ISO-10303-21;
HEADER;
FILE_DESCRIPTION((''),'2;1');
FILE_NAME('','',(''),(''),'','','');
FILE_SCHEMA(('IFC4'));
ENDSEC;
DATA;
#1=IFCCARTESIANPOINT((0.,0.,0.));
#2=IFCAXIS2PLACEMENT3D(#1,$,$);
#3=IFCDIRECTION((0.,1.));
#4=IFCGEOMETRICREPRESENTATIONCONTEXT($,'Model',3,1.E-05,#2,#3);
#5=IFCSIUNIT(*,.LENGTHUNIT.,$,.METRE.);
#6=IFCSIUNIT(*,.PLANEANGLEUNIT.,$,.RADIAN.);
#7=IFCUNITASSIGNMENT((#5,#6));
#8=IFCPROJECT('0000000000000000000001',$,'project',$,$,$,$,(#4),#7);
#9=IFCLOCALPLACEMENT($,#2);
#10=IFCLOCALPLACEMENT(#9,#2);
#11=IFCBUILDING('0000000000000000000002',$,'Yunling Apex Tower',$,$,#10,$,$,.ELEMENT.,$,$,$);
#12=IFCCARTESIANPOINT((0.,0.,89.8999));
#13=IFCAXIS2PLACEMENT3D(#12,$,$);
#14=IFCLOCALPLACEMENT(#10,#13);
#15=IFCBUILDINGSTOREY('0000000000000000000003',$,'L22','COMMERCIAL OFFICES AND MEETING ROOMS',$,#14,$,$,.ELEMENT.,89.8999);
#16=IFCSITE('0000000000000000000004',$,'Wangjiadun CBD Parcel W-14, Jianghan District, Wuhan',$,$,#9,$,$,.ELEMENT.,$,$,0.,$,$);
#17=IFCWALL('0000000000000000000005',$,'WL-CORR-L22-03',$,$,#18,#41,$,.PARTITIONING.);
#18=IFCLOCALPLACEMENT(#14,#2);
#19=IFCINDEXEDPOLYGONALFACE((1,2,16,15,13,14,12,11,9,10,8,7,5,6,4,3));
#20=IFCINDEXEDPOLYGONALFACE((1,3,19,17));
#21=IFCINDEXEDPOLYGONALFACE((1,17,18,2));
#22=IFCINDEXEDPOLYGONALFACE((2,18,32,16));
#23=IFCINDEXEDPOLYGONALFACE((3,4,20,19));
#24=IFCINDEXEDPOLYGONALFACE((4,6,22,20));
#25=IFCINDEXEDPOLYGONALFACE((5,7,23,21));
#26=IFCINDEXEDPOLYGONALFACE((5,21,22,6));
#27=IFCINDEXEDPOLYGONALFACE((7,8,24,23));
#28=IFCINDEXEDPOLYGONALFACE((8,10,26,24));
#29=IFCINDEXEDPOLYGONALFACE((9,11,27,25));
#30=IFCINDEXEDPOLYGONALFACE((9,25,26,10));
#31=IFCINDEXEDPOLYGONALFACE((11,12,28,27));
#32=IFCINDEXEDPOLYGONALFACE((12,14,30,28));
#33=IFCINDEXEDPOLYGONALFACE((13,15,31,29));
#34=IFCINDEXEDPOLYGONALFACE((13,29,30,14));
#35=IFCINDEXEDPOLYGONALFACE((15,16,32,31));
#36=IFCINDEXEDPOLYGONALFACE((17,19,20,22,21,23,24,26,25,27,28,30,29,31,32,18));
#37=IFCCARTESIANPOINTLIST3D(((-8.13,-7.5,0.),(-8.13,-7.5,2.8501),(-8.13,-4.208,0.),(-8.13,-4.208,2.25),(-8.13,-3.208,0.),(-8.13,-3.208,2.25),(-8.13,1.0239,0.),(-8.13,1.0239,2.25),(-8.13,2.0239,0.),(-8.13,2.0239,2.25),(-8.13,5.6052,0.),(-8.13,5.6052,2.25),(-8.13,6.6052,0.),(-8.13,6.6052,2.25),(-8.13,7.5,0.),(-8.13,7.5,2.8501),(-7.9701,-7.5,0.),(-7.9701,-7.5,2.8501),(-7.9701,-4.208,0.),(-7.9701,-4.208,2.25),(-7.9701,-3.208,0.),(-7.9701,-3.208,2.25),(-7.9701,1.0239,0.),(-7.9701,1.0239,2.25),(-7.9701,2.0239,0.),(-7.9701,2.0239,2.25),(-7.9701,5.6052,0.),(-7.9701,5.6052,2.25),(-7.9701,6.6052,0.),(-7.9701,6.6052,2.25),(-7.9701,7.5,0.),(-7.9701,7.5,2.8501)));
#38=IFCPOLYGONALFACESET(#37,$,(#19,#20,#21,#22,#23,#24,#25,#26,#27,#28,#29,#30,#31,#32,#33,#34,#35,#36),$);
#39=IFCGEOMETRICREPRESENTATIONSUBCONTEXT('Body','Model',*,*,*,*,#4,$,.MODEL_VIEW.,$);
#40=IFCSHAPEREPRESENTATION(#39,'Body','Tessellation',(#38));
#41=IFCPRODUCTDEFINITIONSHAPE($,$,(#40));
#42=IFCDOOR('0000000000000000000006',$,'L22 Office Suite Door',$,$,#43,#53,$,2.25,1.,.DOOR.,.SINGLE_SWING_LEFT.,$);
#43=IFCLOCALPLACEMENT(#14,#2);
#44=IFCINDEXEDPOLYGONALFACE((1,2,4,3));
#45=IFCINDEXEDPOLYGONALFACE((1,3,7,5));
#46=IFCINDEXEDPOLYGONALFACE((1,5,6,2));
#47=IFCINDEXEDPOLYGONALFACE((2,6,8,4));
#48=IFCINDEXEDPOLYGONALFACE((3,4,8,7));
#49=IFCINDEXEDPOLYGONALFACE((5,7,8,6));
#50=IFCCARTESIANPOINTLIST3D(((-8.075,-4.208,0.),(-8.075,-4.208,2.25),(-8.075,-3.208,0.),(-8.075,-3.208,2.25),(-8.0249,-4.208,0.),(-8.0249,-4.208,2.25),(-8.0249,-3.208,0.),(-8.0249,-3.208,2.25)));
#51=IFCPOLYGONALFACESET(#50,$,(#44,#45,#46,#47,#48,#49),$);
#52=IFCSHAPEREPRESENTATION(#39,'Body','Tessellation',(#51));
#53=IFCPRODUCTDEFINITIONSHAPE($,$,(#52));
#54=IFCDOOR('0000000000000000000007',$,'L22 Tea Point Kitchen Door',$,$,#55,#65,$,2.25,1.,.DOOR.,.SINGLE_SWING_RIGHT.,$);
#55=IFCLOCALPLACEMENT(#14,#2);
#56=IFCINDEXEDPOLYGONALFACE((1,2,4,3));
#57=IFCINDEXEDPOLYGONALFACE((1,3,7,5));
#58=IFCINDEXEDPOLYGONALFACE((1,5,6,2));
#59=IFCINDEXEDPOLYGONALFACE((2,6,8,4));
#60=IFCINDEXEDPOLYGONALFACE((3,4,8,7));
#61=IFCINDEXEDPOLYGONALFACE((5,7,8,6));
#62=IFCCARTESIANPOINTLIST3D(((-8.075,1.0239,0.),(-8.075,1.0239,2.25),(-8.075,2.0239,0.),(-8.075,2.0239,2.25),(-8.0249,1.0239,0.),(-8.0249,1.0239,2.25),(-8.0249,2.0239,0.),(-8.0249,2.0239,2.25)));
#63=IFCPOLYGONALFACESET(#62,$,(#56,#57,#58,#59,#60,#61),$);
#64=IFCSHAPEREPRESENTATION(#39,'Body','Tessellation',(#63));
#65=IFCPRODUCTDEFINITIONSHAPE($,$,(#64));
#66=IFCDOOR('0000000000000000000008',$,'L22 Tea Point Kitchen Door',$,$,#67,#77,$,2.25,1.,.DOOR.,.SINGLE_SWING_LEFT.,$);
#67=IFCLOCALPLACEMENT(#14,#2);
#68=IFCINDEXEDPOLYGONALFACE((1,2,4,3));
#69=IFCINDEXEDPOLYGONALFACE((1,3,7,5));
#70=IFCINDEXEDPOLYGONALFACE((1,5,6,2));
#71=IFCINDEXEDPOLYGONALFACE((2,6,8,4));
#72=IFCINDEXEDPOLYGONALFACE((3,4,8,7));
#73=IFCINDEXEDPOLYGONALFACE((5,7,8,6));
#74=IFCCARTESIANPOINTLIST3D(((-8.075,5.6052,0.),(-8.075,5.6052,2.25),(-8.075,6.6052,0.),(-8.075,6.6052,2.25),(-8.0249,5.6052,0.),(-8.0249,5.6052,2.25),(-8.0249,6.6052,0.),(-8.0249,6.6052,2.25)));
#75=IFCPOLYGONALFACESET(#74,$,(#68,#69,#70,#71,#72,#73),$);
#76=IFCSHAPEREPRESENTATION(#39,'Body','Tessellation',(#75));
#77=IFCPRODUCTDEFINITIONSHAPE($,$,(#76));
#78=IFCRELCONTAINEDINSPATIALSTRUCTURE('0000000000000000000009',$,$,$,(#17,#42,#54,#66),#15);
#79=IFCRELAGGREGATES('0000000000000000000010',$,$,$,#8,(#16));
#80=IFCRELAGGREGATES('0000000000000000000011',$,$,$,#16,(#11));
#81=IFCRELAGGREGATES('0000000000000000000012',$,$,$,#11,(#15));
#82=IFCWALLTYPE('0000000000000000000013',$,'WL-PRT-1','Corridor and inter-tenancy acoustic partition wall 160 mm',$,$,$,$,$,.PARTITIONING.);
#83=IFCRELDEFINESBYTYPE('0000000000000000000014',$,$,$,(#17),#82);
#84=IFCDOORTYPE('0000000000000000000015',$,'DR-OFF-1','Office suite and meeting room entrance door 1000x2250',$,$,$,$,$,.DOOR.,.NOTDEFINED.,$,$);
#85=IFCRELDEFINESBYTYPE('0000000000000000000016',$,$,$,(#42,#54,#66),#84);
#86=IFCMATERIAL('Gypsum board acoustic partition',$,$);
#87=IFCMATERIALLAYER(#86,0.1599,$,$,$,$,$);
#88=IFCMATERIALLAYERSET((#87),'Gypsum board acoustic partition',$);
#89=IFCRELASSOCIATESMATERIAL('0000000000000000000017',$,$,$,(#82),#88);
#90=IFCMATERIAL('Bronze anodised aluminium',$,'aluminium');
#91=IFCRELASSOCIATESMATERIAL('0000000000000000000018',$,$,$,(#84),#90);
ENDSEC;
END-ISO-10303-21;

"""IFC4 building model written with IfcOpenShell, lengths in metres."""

from ifc_helpers import new_model, si_unit, direction, frame, frame_2d, origin, place, context, subcontext, project, spatial, rectangle, extrude, material, layer, layer_set, type_object, element, fill, save


model = new_model("IFC4")

# Units and contexts
model_context = context("Model", 3, precision=1e-05, world=origin(), true_north=direction((0.0, 1.0)))
body_context = subcontext(model_context, "Body", "Model", "MODEL_VIEW")
ifc_project = project(units=[si_unit("LENGTHUNIT", "METRE"), si_unit("PLANEANGLEUNIT", "RADIAN")], contexts=[model_context])

# Site, building, storey
site_placement = place(None, origin())
site = spatial("IfcSite", under=ifc_project, at=site_placement, Name="Wangjiadun CBD Parcel W-14, Jianghan District, Wuhan", CompositionType="ELEMENT", RefElevation=0.0)
building_placement = place(site_placement, origin())
building = spatial("IfcBuilding", under=site, at=building_placement, Name="Yunling Apex Tower", CompositionType="ELEMENT")
storey_placement = place(building_placement, frame((0.0, 0.0, 89.8999)))
storey = spatial("IfcBuildingStorey", under=building, at=storey_placement, Name="L22", Description="COMMERCIAL OFFICES AND MEETING ROOMS", CompositionType="ELEMENT", Elevation=89.8999)

# Shared definitions
ifc_material_1 = material(Name="Bronze anodised aluminium", Category="aluminium")

# Shared definitions
ifc_material_2 = material(Name="Gypsum board acoustic partition")
ifc_layer_1 = layer(ifc_material_2, 0.1599)
ifc_layer_set_1 = layer_set([ifc_layer_1], Name="Gypsum board acoustic partition")
wall_type = type_object("IfcWallType", Name="WL-PRT-1", Description="Corridor and inter-tenancy acoustic partition wall 160 mm", PredefinedType="PARTITIONING", material=ifc_layer_set_1)
door_type = type_object("IfcDoorType", Name="DR-OFF-1", Description="Office suite and meeting room entrance door 1000x2250", OperationType="NOTDEFINED", PredefinedType="DOOR", material=ifc_material_1)

# Wall, openings, doors
wall_1_placement = place(storey_placement, frame((-8.05, -7.5, 0.0), z_axis=(0.0, 0.0, 1.0), x_axis=(0.0, 1.0, 0.0)))
wall_1 = element("IfcWall", 1, at=wall_1_placement, inside=storey, type_object=wall_type, Name="WL-CORR-L22-03", PredefinedType="PARTITIONING", context=body_context, shape_type="SweptSolid", body=[
    extrude(rectangle(XDim=15.0, YDim=0.1599, at=frame_2d((7.5, 0.0))), origin(), (0.0, 0.0, 1.0), 2.8501),
])
opening_1_placement = place(wall_1_placement, frame((3.292, 0.0, 0.0)))
opening_1 = element("IfcOpeningElement", 2, at=opening_1_placement, cuts=wall_1, PredefinedType="OPENING", context=body_context, shape_type="SweptSolid", body=[
    extrude(rectangle(XDim=1.0, YDim=2.25, at=frame_2d((0.5, 1.125))), frame((0.0, 0.0898, 0.0), z_axis=(0.0, -1.0, 0.0), x_axis=(1.0, 0.0, 0.0)), (0.0, 0.0, 1.0), 0.1799),
])
opening_2_placement = place(wall_1_placement, frame((8.5239, 0.0, 0.0)))
opening_2 = element("IfcOpeningElement", 3, at=opening_2_placement, cuts=wall_1, PredefinedType="OPENING", context=body_context, shape_type="SweptSolid", body=[
    extrude(rectangle(XDim=1.0, YDim=2.25, at=frame_2d((0.5, 1.125))), frame((0.0, 0.0898, 0.0), z_axis=(0.0, -1.0, 0.0), x_axis=(1.0, 0.0, 0.0)), (0.0, 0.0, 1.0), 0.1799),
])
opening_3_placement = place(wall_1_placement, frame((13.1052, 0.0, 0.0)))
opening_3 = element("IfcOpeningElement", 4, at=opening_3_placement, cuts=wall_1, PredefinedType="OPENING", context=body_context, shape_type="SweptSolid", body=[
    extrude(rectangle(XDim=1.0, YDim=2.25, at=frame_2d((0.5, 1.125))), frame((0.0, 0.0898, 0.0), z_axis=(0.0, -1.0, 0.0), x_axis=(1.0, 0.0, 0.0)), (0.0, 0.0, 1.0), 0.1799),
])
door_1_placement = place(opening_1_placement, origin())
door_1 = element("IfcDoor", 5, at=door_1_placement, inside=storey, type_object=door_type, Name="L22 Office Suite Door", OperationType="SINGLE_SWING_LEFT", OverallHeight=2.25, OverallWidth=1.0, PredefinedType="DOOR", context=body_context, shape_type="SweptSolid", body=[
    extrude(rectangle(XDim=1.0, YDim=2.25, at=frame_2d((0.5, 1.125))), frame((0.0, 0.0249, 0.0), z_axis=(0.0, -1.0, 0.0), x_axis=(1.0, 0.0, 0.0)), (0.0, 0.0, 1.0), 0.05),
])
fill(opening_1, door_1)
door_2_placement = place(opening_2_placement, origin())
door_2 = element("IfcDoor", 6, at=door_2_placement, inside=storey, type_object=door_type, Name="L22 Tea Point Kitchen Door", OperationType="SINGLE_SWING_RIGHT", OverallHeight=2.25, OverallWidth=1.0, PredefinedType="DOOR", context=body_context, shape_type="SweptSolid", body=[
    extrude(rectangle(XDim=1.0, YDim=2.25, at=frame_2d((0.5, 1.125))), frame((0.0, 0.0249, 0.0), z_axis=(0.0, -1.0, 0.0), x_axis=(1.0, 0.0, 0.0)), (0.0, 0.0, 1.0), 0.05),
])
fill(opening_2, door_2)
door_3_placement = place(opening_3_placement, origin())
door_3 = element("IfcDoor", 7, at=door_3_placement, inside=storey, type_object=door_type, Name="L22 Tea Point Kitchen Door", OperationType="SINGLE_SWING_LEFT", OverallHeight=2.25, OverallWidth=1.0, PredefinedType="DOOR", context=body_context, shape_type="SweptSolid", body=[
    extrude(rectangle(XDim=1.0, YDim=2.25, at=frame_2d((0.5, 1.125))), frame((0.0, 0.0249, 0.0), z_axis=(0.0, -1.0, 0.0), x_axis=(1.0, 0.0, 0.0)), (0.0, 0.0, 1.0), 0.05),
])
fill(opening_3, door_3)

save(model, "model.ifc")
